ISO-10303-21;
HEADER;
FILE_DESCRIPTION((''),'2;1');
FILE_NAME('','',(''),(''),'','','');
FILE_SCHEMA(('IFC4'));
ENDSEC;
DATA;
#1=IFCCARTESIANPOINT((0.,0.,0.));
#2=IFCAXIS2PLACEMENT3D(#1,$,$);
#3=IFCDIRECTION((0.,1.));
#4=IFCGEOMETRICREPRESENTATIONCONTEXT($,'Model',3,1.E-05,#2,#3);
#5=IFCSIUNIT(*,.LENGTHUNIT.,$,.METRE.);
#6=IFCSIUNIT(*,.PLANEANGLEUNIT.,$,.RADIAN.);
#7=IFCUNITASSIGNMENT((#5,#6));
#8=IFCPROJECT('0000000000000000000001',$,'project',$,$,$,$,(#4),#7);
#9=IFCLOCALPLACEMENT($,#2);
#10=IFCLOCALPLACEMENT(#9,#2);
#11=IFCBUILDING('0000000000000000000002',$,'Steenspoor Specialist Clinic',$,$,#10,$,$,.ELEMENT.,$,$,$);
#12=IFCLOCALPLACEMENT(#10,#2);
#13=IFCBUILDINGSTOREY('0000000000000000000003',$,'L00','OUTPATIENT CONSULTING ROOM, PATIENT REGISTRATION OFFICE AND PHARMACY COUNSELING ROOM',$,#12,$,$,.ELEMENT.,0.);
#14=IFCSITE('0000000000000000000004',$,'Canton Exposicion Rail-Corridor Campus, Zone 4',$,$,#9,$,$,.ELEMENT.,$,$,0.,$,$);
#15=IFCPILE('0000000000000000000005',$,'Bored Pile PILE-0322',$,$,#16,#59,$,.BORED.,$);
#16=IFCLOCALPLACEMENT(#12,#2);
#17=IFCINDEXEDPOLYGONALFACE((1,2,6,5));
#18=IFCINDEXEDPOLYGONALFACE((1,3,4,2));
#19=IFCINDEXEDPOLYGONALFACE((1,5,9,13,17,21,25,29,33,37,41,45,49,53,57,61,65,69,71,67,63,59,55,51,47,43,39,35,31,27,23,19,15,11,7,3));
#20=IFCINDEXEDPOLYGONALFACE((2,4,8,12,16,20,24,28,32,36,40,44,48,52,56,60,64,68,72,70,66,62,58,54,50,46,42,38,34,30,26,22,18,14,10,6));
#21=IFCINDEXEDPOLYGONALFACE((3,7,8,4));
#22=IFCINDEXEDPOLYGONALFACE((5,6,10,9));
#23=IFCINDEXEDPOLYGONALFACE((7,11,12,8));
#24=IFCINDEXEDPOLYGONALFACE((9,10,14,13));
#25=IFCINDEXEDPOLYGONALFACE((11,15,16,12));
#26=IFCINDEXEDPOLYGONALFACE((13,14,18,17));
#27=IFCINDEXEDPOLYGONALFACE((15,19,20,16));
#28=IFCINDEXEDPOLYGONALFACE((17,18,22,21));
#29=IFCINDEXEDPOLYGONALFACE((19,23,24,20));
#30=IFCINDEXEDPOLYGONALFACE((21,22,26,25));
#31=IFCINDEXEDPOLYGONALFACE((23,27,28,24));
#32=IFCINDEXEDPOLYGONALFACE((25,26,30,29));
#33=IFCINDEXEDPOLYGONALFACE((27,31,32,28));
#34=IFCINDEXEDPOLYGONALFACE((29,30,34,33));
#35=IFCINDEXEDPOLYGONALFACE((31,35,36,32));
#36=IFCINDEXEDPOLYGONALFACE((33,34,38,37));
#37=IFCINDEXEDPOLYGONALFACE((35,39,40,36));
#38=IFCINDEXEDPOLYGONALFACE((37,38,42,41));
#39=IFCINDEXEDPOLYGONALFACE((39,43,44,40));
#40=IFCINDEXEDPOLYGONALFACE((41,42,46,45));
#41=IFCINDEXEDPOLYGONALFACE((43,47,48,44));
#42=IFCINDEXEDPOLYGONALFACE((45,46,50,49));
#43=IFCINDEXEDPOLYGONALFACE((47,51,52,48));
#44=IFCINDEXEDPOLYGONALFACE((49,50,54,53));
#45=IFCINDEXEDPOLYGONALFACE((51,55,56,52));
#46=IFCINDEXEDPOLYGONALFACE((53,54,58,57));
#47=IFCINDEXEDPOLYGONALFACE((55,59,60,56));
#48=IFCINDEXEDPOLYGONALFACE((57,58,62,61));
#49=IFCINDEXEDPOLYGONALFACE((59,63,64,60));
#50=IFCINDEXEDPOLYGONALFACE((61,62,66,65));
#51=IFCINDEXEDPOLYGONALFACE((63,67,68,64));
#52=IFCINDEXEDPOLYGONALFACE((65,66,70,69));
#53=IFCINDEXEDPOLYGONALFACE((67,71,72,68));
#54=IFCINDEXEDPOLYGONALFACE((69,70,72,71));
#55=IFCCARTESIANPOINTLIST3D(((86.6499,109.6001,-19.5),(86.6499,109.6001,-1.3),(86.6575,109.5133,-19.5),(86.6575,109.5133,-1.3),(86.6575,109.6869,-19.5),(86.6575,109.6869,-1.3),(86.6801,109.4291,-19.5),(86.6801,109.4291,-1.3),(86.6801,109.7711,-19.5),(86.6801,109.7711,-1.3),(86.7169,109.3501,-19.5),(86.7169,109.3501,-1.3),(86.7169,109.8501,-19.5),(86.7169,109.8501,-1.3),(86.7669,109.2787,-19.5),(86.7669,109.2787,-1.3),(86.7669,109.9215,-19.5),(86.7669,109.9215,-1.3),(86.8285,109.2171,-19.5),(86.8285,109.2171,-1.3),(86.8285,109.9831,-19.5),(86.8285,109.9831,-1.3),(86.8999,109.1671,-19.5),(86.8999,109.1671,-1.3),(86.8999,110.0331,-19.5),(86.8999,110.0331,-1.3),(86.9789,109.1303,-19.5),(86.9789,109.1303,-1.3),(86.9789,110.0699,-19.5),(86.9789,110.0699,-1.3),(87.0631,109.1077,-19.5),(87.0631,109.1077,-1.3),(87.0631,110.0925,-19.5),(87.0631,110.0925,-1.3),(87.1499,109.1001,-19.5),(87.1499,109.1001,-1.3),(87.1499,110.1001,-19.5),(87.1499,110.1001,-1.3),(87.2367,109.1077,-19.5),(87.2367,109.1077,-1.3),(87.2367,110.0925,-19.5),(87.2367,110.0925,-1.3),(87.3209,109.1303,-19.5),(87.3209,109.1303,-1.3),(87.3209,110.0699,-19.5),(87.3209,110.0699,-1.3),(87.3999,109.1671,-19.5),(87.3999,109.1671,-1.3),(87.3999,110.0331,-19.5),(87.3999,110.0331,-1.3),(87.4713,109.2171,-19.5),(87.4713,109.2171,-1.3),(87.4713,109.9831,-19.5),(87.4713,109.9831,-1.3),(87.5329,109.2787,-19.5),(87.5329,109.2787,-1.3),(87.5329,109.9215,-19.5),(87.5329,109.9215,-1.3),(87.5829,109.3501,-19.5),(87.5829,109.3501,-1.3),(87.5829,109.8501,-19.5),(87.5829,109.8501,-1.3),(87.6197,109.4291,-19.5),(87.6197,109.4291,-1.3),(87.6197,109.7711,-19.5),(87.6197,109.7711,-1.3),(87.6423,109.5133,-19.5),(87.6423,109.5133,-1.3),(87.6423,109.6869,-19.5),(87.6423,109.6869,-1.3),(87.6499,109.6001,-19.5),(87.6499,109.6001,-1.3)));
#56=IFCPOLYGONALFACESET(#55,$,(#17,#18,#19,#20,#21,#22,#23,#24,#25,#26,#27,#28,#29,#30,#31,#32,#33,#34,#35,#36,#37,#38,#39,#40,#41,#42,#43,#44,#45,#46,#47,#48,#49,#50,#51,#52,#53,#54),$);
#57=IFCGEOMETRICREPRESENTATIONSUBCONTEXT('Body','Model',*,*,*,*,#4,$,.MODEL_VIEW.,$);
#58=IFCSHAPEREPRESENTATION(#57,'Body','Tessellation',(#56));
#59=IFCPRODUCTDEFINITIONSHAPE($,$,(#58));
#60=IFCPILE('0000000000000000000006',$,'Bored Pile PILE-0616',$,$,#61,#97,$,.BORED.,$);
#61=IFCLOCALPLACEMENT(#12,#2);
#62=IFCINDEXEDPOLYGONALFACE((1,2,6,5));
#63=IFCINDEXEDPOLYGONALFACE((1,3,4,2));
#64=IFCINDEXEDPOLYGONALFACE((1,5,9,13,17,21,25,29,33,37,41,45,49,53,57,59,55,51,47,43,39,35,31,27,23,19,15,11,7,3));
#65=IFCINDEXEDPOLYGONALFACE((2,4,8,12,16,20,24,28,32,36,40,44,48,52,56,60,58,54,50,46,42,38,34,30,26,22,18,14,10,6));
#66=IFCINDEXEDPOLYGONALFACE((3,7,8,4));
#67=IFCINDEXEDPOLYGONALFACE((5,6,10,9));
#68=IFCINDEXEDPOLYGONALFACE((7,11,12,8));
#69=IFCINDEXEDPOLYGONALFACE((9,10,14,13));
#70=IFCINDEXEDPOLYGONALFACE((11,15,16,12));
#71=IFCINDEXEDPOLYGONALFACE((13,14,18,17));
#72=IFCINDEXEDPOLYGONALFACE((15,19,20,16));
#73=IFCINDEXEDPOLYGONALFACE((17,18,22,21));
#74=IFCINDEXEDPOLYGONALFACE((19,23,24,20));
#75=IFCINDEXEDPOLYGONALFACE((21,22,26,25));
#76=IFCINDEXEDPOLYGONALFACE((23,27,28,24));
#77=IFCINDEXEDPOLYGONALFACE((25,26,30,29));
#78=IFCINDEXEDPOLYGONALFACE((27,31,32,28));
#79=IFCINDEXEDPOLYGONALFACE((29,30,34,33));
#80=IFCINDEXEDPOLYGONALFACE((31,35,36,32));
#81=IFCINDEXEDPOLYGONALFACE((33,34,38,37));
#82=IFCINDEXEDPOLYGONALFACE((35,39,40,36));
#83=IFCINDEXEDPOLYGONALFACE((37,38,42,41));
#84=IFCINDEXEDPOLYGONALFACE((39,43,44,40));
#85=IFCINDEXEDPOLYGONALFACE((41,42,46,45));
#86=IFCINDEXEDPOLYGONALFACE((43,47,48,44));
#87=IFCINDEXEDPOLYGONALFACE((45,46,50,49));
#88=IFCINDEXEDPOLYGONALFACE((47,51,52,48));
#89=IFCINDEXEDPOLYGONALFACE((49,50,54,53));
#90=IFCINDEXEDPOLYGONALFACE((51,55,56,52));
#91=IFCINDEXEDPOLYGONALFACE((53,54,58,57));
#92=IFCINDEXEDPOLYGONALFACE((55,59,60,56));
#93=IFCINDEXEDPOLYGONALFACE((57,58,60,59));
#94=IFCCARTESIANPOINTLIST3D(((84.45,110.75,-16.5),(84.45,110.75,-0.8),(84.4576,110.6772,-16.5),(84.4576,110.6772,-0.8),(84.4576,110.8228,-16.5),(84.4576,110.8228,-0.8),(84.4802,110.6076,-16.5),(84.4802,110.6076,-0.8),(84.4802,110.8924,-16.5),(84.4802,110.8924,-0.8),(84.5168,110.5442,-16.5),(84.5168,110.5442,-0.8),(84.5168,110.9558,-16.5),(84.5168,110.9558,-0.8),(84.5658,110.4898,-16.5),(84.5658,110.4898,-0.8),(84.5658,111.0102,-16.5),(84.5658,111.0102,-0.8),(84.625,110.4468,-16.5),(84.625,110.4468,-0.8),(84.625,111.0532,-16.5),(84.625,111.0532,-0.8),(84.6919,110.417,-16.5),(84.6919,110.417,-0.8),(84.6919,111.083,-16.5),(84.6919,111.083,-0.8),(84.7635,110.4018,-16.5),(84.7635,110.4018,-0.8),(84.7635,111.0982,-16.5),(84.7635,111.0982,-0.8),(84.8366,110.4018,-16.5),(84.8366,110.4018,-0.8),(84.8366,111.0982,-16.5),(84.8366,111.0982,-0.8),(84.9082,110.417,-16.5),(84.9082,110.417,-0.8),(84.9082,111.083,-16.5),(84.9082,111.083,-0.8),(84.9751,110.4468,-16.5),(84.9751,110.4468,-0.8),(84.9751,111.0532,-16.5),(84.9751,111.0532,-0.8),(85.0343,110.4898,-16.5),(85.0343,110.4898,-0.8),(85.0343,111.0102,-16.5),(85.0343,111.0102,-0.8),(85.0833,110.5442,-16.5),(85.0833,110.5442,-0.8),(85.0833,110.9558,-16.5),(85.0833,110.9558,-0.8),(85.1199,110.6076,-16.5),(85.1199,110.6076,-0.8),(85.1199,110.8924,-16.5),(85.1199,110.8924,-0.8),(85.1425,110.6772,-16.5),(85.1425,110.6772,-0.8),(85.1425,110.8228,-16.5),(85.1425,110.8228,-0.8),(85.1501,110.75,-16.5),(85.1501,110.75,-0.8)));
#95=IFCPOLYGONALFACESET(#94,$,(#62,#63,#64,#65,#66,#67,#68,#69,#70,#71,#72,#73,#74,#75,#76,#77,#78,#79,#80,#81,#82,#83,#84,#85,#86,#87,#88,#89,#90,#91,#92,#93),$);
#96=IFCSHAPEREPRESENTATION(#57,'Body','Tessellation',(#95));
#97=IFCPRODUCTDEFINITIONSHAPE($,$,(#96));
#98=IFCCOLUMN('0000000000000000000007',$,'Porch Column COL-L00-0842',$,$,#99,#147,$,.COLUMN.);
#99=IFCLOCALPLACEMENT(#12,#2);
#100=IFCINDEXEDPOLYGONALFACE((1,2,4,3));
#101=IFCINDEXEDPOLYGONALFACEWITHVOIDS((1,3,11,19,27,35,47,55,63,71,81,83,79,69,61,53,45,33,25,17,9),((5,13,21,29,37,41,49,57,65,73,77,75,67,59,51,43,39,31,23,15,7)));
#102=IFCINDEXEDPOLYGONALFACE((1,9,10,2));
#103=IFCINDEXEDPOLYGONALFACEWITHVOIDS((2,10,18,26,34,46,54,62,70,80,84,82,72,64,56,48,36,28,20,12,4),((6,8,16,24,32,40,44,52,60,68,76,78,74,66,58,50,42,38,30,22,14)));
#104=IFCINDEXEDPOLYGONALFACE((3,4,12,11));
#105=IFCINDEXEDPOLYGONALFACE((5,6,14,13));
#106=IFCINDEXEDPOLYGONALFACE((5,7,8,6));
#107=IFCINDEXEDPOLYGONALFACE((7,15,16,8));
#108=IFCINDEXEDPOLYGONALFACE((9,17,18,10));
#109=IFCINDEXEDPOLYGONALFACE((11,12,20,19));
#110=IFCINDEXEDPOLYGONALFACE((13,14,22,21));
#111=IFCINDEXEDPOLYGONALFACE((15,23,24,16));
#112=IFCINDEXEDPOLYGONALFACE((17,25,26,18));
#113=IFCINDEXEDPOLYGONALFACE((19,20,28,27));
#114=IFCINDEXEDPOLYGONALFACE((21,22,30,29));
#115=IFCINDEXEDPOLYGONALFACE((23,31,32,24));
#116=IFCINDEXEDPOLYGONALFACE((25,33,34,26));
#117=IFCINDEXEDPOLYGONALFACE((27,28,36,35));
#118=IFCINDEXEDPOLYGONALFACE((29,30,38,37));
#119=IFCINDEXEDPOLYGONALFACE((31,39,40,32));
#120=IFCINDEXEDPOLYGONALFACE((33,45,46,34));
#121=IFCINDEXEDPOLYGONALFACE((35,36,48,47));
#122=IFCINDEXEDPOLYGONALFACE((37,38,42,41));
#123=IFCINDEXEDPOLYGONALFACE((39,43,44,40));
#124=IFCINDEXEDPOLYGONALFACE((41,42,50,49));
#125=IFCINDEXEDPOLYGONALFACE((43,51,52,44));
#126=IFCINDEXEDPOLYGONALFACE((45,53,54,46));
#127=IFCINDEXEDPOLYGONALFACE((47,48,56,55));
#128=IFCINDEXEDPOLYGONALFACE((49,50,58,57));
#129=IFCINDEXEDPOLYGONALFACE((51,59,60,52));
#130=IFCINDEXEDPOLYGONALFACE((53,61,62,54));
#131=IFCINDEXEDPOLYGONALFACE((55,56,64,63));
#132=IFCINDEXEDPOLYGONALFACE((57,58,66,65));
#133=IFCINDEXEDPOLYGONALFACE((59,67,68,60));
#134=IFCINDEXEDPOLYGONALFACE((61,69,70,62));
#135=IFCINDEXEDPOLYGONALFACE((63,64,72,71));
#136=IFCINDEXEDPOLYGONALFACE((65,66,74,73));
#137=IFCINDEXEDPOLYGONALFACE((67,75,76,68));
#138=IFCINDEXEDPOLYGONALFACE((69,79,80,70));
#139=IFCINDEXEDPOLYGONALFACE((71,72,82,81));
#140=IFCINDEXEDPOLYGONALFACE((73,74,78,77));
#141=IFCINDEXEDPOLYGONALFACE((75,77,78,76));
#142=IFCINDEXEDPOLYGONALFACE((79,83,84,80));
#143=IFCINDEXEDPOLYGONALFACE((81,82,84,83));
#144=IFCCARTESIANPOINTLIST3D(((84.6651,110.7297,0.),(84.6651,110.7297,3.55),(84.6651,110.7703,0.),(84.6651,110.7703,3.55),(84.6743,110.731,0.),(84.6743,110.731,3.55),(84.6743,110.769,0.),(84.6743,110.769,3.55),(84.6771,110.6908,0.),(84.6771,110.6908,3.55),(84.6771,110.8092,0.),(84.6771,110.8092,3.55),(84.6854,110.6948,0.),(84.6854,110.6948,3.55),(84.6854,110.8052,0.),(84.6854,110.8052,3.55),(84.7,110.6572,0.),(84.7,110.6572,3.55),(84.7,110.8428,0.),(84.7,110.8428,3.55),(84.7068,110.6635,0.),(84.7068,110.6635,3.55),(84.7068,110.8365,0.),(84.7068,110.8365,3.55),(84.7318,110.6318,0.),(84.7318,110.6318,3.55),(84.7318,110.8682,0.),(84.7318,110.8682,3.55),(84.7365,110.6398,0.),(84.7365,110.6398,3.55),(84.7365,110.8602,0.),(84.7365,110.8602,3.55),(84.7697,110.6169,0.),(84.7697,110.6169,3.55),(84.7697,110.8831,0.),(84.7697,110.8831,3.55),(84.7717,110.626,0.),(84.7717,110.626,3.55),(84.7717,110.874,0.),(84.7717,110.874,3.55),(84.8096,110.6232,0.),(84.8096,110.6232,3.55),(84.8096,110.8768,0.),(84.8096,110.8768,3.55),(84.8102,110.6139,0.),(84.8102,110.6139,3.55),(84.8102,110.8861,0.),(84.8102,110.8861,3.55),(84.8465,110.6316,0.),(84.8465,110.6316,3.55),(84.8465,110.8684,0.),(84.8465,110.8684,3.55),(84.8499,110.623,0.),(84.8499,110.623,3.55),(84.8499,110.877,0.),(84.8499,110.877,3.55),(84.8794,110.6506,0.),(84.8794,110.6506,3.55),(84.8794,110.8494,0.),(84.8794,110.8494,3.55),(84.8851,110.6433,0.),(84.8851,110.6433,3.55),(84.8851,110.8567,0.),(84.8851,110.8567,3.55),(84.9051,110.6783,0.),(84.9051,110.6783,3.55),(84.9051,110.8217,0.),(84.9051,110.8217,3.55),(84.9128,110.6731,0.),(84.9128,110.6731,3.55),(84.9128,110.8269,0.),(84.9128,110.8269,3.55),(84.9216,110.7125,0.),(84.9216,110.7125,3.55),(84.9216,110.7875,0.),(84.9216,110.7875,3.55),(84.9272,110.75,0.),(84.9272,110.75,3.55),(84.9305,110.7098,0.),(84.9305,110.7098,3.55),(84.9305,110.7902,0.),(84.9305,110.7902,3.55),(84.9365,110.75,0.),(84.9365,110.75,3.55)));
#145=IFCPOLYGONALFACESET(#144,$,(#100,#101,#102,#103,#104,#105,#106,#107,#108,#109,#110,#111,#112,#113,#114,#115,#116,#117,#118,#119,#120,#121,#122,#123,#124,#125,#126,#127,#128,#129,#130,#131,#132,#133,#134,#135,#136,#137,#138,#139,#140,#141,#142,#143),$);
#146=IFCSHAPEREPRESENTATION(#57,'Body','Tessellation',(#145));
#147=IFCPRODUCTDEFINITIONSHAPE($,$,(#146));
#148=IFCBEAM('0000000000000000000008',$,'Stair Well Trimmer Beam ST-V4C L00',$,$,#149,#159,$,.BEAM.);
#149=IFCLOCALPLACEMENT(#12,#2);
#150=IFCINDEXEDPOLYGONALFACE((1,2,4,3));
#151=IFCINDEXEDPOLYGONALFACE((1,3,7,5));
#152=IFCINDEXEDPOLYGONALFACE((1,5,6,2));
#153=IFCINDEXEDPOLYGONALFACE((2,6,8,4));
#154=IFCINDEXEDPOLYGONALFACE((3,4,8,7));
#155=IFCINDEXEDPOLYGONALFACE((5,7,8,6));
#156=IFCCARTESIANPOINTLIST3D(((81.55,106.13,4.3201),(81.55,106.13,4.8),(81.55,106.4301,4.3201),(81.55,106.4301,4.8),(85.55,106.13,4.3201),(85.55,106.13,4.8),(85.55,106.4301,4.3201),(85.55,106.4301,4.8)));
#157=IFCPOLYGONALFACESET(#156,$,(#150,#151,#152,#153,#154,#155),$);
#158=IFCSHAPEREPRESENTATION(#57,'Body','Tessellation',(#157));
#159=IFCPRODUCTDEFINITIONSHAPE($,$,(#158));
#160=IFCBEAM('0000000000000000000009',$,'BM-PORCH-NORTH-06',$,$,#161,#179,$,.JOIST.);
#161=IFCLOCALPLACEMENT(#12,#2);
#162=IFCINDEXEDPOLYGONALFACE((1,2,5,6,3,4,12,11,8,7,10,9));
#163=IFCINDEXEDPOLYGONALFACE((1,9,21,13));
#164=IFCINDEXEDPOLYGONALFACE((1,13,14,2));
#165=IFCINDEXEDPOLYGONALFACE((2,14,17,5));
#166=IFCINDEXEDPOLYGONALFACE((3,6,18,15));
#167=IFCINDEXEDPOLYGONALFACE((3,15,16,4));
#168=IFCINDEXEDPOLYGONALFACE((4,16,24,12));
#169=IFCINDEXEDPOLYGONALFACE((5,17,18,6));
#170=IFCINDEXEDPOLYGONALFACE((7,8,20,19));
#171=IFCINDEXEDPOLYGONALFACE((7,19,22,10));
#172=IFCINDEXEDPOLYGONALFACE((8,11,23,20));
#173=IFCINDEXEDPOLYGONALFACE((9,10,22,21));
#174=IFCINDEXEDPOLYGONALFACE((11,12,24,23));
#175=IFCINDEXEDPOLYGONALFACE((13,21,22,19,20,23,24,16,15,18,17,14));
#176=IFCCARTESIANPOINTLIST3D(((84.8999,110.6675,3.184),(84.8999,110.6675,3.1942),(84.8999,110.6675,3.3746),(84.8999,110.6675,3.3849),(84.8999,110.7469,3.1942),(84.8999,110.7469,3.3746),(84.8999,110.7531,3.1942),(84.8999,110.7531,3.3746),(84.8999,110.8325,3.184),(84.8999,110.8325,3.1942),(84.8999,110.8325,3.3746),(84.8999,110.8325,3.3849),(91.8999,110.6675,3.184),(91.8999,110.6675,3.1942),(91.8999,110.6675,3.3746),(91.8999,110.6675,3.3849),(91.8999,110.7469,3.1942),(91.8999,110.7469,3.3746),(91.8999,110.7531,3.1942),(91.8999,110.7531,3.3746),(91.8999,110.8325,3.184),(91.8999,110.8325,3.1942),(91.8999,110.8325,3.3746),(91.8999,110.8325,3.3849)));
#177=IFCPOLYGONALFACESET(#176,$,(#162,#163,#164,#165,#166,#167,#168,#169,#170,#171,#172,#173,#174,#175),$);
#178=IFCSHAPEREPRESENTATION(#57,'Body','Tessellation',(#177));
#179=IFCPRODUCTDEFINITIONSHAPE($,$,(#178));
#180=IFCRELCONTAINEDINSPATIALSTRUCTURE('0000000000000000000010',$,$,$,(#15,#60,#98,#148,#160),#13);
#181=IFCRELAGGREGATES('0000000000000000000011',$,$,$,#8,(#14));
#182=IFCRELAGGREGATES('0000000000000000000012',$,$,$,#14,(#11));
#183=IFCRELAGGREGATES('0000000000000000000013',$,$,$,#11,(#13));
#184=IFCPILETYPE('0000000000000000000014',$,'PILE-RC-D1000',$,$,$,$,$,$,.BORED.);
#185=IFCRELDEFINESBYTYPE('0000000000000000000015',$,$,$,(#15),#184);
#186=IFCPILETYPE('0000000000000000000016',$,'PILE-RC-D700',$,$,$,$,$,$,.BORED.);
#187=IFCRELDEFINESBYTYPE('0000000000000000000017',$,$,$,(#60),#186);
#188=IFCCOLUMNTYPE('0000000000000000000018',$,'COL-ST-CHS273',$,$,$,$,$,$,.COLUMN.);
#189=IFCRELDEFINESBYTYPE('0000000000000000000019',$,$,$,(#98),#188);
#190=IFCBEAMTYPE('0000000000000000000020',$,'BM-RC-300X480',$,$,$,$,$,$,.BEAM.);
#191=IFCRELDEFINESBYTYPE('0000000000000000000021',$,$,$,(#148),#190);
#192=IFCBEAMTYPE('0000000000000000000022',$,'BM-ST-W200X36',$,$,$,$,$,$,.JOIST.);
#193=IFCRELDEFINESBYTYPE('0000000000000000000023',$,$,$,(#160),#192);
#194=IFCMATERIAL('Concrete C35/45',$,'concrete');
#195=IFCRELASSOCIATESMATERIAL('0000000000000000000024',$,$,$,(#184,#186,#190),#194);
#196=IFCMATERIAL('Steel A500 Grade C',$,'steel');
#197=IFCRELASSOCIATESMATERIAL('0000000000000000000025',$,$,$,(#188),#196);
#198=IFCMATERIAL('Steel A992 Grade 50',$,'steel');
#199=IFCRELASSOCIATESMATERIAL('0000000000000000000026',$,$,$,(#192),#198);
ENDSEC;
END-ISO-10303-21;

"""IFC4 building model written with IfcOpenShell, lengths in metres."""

from ifc_helpers import new_model, si_unit, direction, frame, origin, origin_2d, place, context, subcontext, project, spatial, rectangle, circle, hollow_circle, i_section, extrude, material, material_profile, profile_set, type_object, element, save


model = new_model("IFC4")

# Units and contexts
model_context = context("Model", 3, precision=1e-05, world=origin(), true_north=direction((0.0, 1.0)))
body_context = subcontext(model_context, "Body", "Model", "MODEL_VIEW")
ifc_project = project(units=[si_unit("LENGTHUNIT", "METRE"), si_unit("PLANEANGLEUNIT", "RADIAN")], contexts=[model_context])

# Site, building, storey
site_placement = place(None, origin())
site = spatial("IfcSite", under=ifc_project, at=site_placement, Name="Canton Exposicion Rail-Corridor Campus, Zone 4", CompositionType="ELEMENT", RefElevation=0.0)
building_placement = place(site_placement, origin())
building = spatial("IfcBuilding", under=site, at=building_placement, Name="Steenspoor Specialist Clinic", CompositionType="ELEMENT")
storey_placement = place(building_placement, origin())
storey = spatial("IfcBuildingStorey", under=building, at=storey_placement, Name="L00", Description="OUTPATIENT CONSULTING ROOM, PATIENT REGISTRATION OFFICE AND PHARMACY COUNSELING ROOM", CompositionType="ELEMENT", Elevation=0.0)

# Shared definitions
ifc_material_1 = material(Name="Concrete C35/45", Category="concrete")

# Piles
ifc_material_profile_1 = material_profile(ifc_material_1, circle(Radius=0.5, at=origin_2d()), Name="PILE-D1000")
ifc_profile_set_1 = profile_set([ifc_material_profile_1], Name="Concrete C35/45")
pile_type_1 = type_object("IfcPileType", Name="PILE-RC-D1000", PredefinedType="BORED", material=ifc_profile_set_1)
for number, where, z_axis, x_axis, name in (
    (1, (87.1499, 109.6001, -1.3), (0.0, 0.0, -1.0), (1.0, 0.0, 0.0), "Bored Pile PILE-0322"),
):
    element("IfcPile", number, at=place(storey_placement, frame(where, z_axis=z_axis, x_axis=x_axis)), inside=storey, type_object=pile_type_1, Name=name, PredefinedType="BORED", context=body_context, shape_type="SweptSolid", body=[
        extrude(circle(Radius=0.5, at=origin_2d()), origin(), (0.0, 0.0, 1.0), 18.2),
    ])
ifc_material_profile_2 = material_profile(ifc_material_1, circle(Radius=0.3501, at=origin_2d()), Name="PILE-D700")
ifc_profile_set_2 = profile_set([ifc_material_profile_2], Name="Concrete C35/45")
pile_type_2 = type_object("IfcPileType", Name="PILE-RC-D700", PredefinedType="BORED", material=ifc_profile_set_2)
pile_placement = place(storey_placement, frame((84.8, 110.75, -0.8), z_axis=(0.0, 0.0, -1.0), x_axis=(1.0, 0.0, 0.0)))
element("IfcPile", 2, at=pile_placement, inside=storey, type_object=pile_type_2, Name="Bored Pile PILE-0616", PredefinedType="BORED", context=body_context, shape_type="SweptSolid", body=[
    extrude(circle(Radius=0.3501, at=origin_2d()), origin(), (0.0, 0.0, 1.0), 15.7),
])

# Column
ifc_material_2 = material(Name="Steel A500 Grade C", Category="steel")
ifc_material_profile_3 = material_profile(ifc_material_2, hollow_circle(Radius=0.1365, WallThickness=0.0093, at=origin_2d()), Name="CHS273X9.3")
ifc_profile_set_3 = profile_set([ifc_material_profile_3], Name="Steel A500 Grade C")
column_type = type_object("IfcColumnType", Name="COL-ST-CHS273", PredefinedType="COLUMN", material=ifc_profile_set_3)
column_placement = place(storey_placement, frame((84.8, 110.75, 0.0), z_axis=(0.0, 0.0, 1.0), x_axis=(1.0, 0.0, 0.0)))
element("IfcColumn", 3, at=column_placement, inside=storey, type_object=column_type, Name="Porch Column COL-L00-0842", PredefinedType="COLUMN", context=body_context, shape_type="SweptSolid", body=[
    extrude(hollow_circle(Radius=0.1365, WallThickness=0.0093, at=origin_2d()), origin(), (0.0, 0.0, 1.0), 3.55),
])

# Beams
ifc_material_profile_4 = material_profile(ifc_material_1, rectangle(XDim=0.3, YDim=0.48, at=origin_2d()), Name="RC-BM-300X480")
ifc_profile_set_4 = profile_set([ifc_material_profile_4], Name="Concrete C35/45")
beam_type_1 = type_object("IfcBeamType", Name="BM-RC-300X480", PredefinedType="BEAM", material=ifc_profile_set_4)
beam_1_placement = place(storey_placement, frame((81.55, 106.28, 4.5601), z_axis=(1.0, 0.0, 0.0), x_axis=(0.0, 1.0, 0.0)))
element("IfcBeam", 4, at=beam_1_placement, inside=storey, type_object=beam_type_1, Name="Stair Well Trimmer Beam ST-V4C L00", PredefinedType="BEAM", context=body_context, shape_type="SweptSolid", body=[
    extrude(rectangle(XDim=0.3, YDim=0.48, at=origin_2d()), origin(), (0.0, 0.0, 1.0), 4.0),
])
ifc_material_3 = material(Name="Steel A992 Grade 50", Category="steel")
ifc_material_profile_5 = material_profile(ifc_material_3, i_section(OverallWidth=0.165, OverallDepth=0.2009, WebThickness=0.0061, FlangeThickness=0.0103, at=origin_2d()), Name="W200X36")
ifc_profile_set_5 = profile_set([ifc_material_profile_5], Name="Steel A992 Grade 50")
beam_type_2 = type_object("IfcBeamType", Name="BM-ST-W200X36", PredefinedType="JOIST", material=ifc_profile_set_5)
beam_2_placement = place(storey_placement, frame((84.8999, 110.75, 3.2844), z_axis=(1.0, 0.0, 0.0), x_axis=(0.0, 1.0, 0.0)))
element("IfcBeam", 5, at=beam_2_placement, inside=storey, type_object=beam_type_2, Name="BM-PORCH-NORTH-06", PredefinedType="JOIST", context=body_context, shape_type="SweptSolid", body=[
    extrude(i_section(OverallWidth=0.165, OverallDepth=0.2009, WebThickness=0.0061, FlangeThickness=0.0103, at=origin_2d()), origin(), (0.0, 0.0, 1.0), 7.0),
])

save(model, "model.ifc")
